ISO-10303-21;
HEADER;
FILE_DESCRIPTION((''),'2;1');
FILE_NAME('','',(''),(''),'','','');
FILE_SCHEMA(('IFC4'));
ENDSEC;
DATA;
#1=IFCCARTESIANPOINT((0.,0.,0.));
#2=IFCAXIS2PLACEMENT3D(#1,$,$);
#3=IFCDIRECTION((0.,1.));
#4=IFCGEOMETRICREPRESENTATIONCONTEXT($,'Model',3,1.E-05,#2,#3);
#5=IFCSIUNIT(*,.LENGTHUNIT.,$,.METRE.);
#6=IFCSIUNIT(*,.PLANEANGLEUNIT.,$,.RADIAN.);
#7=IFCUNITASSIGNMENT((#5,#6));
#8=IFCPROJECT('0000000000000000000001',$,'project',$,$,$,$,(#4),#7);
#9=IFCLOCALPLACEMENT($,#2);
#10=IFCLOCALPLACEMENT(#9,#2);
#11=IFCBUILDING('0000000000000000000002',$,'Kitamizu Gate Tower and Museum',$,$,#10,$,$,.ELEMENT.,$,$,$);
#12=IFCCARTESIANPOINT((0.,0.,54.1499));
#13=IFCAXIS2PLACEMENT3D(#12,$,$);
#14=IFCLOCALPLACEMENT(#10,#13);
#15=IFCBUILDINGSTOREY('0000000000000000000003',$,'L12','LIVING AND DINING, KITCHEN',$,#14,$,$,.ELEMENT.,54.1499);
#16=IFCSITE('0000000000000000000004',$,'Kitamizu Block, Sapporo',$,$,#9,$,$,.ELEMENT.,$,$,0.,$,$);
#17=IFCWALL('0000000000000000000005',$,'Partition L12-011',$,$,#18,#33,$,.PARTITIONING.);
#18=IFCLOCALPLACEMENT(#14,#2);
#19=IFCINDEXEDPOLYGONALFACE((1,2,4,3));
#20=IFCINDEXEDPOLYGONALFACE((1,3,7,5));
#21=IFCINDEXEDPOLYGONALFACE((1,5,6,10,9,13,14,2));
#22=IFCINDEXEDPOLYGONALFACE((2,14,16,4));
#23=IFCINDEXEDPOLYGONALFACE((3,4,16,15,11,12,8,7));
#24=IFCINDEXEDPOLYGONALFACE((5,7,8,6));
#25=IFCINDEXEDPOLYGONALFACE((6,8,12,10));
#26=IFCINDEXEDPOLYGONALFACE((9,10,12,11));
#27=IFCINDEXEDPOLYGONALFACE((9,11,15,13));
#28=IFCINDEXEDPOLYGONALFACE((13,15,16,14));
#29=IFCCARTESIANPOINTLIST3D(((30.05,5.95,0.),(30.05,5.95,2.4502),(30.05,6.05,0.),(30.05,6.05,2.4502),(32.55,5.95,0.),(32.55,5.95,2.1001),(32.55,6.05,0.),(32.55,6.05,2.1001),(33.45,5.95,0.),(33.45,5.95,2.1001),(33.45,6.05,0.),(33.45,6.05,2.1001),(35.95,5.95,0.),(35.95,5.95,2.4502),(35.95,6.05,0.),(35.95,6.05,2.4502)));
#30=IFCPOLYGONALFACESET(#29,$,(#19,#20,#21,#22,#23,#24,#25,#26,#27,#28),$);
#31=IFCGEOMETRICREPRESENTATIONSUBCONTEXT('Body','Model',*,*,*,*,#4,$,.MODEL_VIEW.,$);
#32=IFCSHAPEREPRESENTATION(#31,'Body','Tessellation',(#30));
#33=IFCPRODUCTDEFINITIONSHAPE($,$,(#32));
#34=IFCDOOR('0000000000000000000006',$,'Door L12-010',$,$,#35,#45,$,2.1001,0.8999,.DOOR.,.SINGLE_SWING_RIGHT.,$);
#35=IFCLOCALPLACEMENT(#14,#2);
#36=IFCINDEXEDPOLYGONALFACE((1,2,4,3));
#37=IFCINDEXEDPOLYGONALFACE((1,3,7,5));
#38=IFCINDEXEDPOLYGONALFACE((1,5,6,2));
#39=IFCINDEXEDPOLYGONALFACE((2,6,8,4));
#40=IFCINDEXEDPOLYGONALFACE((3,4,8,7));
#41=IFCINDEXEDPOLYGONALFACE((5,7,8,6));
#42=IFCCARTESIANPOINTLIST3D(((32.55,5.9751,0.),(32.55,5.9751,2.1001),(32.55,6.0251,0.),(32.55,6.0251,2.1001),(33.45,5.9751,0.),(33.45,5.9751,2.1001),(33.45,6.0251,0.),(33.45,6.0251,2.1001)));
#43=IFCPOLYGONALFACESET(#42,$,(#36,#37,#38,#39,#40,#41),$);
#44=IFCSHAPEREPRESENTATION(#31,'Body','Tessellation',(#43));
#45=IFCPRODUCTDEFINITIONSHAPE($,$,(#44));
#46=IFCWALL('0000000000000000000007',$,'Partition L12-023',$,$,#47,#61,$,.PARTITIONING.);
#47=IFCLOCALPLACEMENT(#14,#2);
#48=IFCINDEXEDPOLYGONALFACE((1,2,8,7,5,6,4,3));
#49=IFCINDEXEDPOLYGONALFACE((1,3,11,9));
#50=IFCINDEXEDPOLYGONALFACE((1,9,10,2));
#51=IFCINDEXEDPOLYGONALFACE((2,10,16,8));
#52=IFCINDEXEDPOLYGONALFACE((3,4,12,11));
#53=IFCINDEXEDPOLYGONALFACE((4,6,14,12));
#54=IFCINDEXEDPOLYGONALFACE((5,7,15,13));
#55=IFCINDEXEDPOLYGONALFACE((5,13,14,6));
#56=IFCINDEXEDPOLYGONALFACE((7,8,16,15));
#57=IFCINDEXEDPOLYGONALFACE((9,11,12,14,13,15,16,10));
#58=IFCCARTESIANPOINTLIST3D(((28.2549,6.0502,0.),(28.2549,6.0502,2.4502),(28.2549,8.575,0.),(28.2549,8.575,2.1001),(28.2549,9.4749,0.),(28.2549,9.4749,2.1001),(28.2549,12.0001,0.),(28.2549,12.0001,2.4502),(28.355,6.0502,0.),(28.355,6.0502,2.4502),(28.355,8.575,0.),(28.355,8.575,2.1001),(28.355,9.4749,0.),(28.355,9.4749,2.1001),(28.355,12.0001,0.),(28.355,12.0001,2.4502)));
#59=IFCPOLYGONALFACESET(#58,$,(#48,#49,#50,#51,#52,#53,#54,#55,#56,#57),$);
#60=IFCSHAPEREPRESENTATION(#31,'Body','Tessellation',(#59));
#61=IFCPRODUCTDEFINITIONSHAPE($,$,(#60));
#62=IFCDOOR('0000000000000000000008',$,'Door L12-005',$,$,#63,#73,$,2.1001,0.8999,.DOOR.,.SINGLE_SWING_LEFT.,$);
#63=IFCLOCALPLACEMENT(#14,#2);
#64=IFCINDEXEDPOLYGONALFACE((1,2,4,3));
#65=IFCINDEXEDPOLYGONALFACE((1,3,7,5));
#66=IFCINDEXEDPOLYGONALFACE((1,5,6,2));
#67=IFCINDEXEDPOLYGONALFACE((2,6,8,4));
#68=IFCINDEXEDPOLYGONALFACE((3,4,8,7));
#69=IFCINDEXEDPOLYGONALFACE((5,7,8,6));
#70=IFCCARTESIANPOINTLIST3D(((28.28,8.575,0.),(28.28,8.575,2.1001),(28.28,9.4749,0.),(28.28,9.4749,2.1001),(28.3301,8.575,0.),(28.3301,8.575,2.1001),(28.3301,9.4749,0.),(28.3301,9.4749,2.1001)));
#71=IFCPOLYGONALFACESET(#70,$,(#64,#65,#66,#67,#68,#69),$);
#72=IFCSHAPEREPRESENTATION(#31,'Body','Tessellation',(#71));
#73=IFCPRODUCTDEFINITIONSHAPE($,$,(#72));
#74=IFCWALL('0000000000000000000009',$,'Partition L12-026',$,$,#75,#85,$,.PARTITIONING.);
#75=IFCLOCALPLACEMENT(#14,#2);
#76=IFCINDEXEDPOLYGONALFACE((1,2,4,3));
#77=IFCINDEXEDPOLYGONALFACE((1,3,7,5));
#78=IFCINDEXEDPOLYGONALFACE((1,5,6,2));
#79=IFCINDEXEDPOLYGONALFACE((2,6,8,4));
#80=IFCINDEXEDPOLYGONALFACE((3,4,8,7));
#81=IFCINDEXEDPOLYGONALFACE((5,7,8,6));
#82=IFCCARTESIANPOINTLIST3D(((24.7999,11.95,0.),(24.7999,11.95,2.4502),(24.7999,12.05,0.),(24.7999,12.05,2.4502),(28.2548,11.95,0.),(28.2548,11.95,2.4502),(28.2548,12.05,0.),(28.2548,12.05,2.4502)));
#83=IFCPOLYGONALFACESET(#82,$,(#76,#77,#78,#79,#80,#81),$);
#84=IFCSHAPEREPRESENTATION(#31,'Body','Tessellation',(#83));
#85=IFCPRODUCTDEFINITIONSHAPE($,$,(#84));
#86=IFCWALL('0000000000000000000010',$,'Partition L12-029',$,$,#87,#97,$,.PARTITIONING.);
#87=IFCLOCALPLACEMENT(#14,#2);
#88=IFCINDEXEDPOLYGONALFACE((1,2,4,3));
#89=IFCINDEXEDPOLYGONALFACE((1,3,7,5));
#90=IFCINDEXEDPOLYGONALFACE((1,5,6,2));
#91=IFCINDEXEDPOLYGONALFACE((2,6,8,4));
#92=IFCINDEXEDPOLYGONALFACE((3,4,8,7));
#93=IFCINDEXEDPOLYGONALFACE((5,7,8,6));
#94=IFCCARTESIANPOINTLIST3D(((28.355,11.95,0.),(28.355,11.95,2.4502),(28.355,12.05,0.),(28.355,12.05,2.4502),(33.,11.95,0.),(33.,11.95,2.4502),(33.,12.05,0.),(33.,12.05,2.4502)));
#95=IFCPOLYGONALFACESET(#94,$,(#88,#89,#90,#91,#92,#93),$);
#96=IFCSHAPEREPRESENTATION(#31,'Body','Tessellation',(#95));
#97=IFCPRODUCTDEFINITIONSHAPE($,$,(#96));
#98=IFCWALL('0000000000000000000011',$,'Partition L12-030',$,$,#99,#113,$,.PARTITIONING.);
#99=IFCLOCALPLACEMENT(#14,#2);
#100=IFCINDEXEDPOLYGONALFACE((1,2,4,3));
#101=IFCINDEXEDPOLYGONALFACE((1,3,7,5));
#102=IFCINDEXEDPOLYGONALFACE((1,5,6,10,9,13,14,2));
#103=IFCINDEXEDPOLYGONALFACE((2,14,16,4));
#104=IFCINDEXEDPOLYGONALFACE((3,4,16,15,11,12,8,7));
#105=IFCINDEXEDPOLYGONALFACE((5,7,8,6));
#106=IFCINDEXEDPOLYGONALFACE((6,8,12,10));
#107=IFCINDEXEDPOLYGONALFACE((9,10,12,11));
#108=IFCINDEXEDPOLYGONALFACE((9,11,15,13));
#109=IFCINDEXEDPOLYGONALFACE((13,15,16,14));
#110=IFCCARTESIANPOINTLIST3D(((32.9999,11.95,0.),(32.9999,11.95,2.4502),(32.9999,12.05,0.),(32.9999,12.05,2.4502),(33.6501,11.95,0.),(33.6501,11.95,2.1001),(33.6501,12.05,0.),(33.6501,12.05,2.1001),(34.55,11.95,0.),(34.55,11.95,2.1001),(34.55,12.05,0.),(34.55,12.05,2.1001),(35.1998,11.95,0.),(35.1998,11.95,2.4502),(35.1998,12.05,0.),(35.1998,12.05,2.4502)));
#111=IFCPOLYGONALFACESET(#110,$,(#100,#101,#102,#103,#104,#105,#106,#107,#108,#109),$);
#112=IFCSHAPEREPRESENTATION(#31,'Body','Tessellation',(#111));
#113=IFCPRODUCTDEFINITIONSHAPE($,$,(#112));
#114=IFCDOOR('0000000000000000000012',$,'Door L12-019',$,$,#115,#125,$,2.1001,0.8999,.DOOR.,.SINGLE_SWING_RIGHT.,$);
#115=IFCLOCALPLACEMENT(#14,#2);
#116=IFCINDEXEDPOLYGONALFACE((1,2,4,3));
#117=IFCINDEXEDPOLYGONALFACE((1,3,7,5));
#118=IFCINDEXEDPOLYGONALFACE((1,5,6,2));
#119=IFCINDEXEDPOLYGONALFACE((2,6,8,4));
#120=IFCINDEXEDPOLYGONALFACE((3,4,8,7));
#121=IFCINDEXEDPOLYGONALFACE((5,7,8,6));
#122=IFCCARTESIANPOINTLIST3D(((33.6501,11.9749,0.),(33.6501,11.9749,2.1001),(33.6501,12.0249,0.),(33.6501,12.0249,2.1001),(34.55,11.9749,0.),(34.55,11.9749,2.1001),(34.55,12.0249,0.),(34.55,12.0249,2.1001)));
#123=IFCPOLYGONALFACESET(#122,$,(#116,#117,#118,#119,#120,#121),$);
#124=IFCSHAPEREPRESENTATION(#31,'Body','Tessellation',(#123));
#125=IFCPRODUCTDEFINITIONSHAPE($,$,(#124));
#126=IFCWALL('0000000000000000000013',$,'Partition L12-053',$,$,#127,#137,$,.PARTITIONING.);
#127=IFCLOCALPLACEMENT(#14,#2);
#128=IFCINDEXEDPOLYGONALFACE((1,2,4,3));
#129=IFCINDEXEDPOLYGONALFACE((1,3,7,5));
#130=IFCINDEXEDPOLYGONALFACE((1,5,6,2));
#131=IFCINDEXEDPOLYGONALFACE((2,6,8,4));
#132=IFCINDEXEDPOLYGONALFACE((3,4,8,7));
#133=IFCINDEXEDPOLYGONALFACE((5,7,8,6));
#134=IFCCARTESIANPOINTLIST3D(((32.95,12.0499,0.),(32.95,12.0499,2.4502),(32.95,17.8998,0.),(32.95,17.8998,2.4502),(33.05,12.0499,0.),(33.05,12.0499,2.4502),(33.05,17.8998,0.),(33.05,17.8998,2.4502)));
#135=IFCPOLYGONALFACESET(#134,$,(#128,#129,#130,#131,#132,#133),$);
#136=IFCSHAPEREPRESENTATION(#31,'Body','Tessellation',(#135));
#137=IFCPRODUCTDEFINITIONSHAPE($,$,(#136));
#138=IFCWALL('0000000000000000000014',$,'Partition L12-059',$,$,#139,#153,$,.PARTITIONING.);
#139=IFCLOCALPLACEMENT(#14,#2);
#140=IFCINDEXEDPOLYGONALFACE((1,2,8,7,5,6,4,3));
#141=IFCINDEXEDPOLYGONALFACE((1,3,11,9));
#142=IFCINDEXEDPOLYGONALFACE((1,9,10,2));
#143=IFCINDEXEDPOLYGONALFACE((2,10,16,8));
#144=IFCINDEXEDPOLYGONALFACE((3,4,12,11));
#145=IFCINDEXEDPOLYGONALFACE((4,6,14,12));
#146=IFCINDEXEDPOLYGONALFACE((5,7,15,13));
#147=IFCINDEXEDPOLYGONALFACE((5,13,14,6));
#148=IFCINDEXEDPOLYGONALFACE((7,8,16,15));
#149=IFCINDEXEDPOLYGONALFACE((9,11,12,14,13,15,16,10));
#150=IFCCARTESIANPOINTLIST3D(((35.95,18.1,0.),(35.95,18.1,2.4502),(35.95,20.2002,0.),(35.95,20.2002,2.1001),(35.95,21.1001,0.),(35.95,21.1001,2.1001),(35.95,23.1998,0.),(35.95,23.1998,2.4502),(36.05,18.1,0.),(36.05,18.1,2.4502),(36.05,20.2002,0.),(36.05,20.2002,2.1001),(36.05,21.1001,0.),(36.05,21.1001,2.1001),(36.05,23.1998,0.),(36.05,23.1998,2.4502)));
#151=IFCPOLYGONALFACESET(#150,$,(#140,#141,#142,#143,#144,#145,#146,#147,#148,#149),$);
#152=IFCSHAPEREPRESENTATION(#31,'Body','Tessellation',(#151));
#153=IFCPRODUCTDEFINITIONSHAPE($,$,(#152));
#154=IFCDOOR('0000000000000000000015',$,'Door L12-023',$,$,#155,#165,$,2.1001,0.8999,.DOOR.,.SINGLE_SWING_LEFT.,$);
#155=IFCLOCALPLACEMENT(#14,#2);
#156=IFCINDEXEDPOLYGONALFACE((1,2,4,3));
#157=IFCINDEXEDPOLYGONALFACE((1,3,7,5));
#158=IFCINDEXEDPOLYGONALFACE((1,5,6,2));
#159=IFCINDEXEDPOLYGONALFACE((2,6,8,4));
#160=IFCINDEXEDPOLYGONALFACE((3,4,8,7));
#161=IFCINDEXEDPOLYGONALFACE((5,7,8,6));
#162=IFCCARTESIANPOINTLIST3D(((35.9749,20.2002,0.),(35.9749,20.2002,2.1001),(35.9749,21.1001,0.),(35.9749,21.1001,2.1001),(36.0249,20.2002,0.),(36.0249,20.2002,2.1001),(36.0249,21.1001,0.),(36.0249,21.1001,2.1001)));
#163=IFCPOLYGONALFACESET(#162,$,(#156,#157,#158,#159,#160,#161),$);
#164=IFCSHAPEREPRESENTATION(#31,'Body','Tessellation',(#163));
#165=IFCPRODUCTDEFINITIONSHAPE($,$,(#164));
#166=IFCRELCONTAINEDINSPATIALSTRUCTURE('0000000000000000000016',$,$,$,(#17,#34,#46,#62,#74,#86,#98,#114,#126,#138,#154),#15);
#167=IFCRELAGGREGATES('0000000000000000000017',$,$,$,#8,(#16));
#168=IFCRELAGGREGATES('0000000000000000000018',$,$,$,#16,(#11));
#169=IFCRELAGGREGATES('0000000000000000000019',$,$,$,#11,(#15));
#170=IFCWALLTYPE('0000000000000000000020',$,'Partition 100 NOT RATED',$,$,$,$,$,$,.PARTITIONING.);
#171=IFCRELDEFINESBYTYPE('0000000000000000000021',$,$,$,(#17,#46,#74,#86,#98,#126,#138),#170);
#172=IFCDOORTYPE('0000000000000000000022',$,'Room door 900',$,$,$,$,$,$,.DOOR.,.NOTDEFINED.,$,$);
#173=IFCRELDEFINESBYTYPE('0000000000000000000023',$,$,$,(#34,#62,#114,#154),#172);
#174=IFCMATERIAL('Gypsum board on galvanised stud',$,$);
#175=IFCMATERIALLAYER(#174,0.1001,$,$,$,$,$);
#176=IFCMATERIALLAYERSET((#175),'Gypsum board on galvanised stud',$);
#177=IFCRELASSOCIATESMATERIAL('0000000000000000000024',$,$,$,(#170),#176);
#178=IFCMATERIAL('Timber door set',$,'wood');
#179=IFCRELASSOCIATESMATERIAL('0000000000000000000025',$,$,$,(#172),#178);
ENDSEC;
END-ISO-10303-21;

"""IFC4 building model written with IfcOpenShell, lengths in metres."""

from ifc_helpers import new_model, si_unit, direction, frame, frame_2d, origin, place, context, subcontext, project, spatial, rectangle, extrude, material, layer, layer_set, type_object, element, fill, save


model = new_model("IFC4")

# Units and contexts
model_context = context("Model", 3, precision=1e-05, world=origin(), true_north=direction((0.0, 1.0)))
body_context = subcontext(model_context, "Body", "Model", "MODEL_VIEW")
ifc_project = project(units=[si_unit("LENGTHUNIT", "METRE"), si_unit("PLANEANGLEUNIT", "RADIAN")], contexts=[model_context])

# Site, building, storey
site_placement = place(None, origin())
site = spatial("IfcSite", under=ifc_project, at=site_placement, Name="Kitamizu Block, Sapporo", CompositionType="ELEMENT", RefElevation=0.0)
building_placement = place(site_placement, origin())
building = spatial("IfcBuilding", under=site, at=building_placement, Name="Kitamizu Gate Tower and Museum", CompositionType="ELEMENT")
storey_placement = place(building_placement, frame((0.0, 0.0, 54.1499)))
storey = spatial("IfcBuildingStorey", under=building, at=storey_placement, Name="L12", Description="LIVING AND DINING, KITCHEN", CompositionType="ELEMENT", Elevation=54.1499)

# Shared definitions
ifc_material_1 = material(Name="Gypsum board on galvanised stud")
ifc_layer_1 = layer(ifc_material_1, 0.1001)
ifc_layer_set_1 = layer_set([ifc_layer_1], Name="Gypsum board on galvanised stud")
wall_type_1 = type_object("IfcWallType", Name="Partition 100 NOT RATED", PredefinedType="PARTITIONING", material=ifc_layer_set_1)

# Walls, openings, doors
wall_1_placement = place(storey_placement, frame((35.95, 6.0, 0.0), z_axis=(0.0, 0.0, 1.0), x_axis=(-1.0, 0.0, 0.0)))
wall_1 = element("IfcWall", 1, at=wall_1_placement, inside=storey, type_object=wall_type_1, Name="Partition L12-011", PredefinedType="PARTITIONING", context=body_context, shape_type="SweptSolid", body=[
    extrude(rectangle(XDim=5.8999, YDim=0.1001, at=frame_2d((2.95, 0.0))), origin(), (0.0, 0.0, 1.0), 2.4502),
])
opening_1_placement = place(wall_1_placement, frame((2.5, 0.0, 0.0)))
opening_1 = element("IfcOpeningElement", 2, at=opening_1_placement, cuts=wall_1, PredefinedType="OPENING", context=body_context, shape_type="SweptSolid", body=[
    extrude(rectangle(XDim=0.8999, YDim=2.1001, at=frame_2d((0.45, 1.05))), frame((0.0, 0.0601, 0.0), z_axis=(0.0, -1.0, 0.0), x_axis=(1.0, 0.0, 0.0)), (0.0, 0.0, 1.0), 0.1201),
])
ifc_material_2 = material(Name="Timber door set", Category="wood")
door_type_1 = type_object("IfcDoorType", Name="Room door 900", OperationType="NOTDEFINED", PredefinedType="DOOR", material=ifc_material_2)
door_1_placement = place(opening_1_placement, origin())
door_1 = element("IfcDoor", 3, at=door_1_placement, inside=storey, type_object=door_type_1, Name="Door L12-010", OperationType="SINGLE_SWING_RIGHT", OverallHeight=2.1001, OverallWidth=0.8999, PredefinedType="DOOR", context=body_context, shape_type="SweptSolid", body=[
    extrude(rectangle(XDim=0.8999, YDim=2.1001, at=frame_2d((0.45, 1.05))), frame((0.0, 0.0249, 0.0), z_axis=(0.0, -1.0, 0.0), x_axis=(1.0, 0.0, 0.0)), (0.0, 0.0, 1.0), 0.05),
])
fill(opening_1, door_1)
wall_2_placement = place(storey_placement, frame((28.3049, 6.05, 0.0), z_axis=(0.0, 0.0, 1.0), x_axis=(0.0, 1.0, 0.0)))
wall_2 = element("IfcWall", 4, at=wall_2_placement, inside=storey, type_object=wall_type_1, Name="Partition L12-023", PredefinedType="PARTITIONING", context=body_context, shape_type="SweptSolid", body=[
    extrude(rectangle(XDim=5.95, YDim=0.1001, at=frame_2d((2.9751, 0.0))), origin(), (0.0, 0.0, 1.0), 2.4502),
])
opening_2_placement = place(wall_2_placement, frame((2.5249, 0.0, 0.0)))
opening_2 = element("IfcOpeningElement", 5, at=opening_2_placement, cuts=wall_2, PredefinedType="OPENING", context=body_context, shape_type="SweptSolid", body=[
    extrude(rectangle(XDim=0.8999, YDim=2.1001, at=frame_2d((0.45, 1.05))), frame((0.0, 0.0601, 0.0), z_axis=(0.0, -1.0, 0.0), x_axis=(1.0, 0.0, 0.0)), (0.0, 0.0, 1.0), 0.1201),
])
door_2_placement = place(opening_2_placement, origin())
door_2 = element("IfcDoor", 6, at=door_2_placement, inside=storey, type_object=door_type_1, Name="Door L12-005", OperationType="SINGLE_SWING_LEFT", OverallHeight=2.1001, OverallWidth=0.8999, PredefinedType="DOOR", context=body_context, shape_type="SweptSolid", body=[
    extrude(rectangle(XDim=0.8999, YDim=2.1001, at=frame_2d((0.45, 1.05))), frame((0.0, 0.0249, 0.0), z_axis=(0.0, -1.0, 0.0), x_axis=(1.0, 0.0, 0.0)), (0.0, 0.0, 1.0), 0.05),
])
fill(opening_2, door_2)

# Walls
wall_3_placement = place(storey_placement, frame((28.2549, 12.0, 0.0), z_axis=(0.0, 0.0, 1.0), x_axis=(-1.0, 0.0, 0.0)))
element("IfcWall", 7, at=wall_3_placement, inside=storey, type_object=wall_type_1, Name="Partition L12-026", PredefinedType="PARTITIONING", context=body_context, shape_type="SweptSolid", body=[
    extrude(rectangle(XDim=3.4548, YDim=0.1001, at=frame_2d((1.7275, 0.0))), origin(), (0.0, 0.0, 1.0), 2.4502),
])
wall_4_placement = place(storey_placement, frame((33.0, 12.0, 0.0), z_axis=(0.0, 0.0, 1.0), x_axis=(-1.0, 0.0, 0.0)))
element("IfcWall", 8, at=wall_4_placement, inside=storey, type_object=wall_type_1, Name="Partition L12-029", PredefinedType="PARTITIONING", context=body_context, shape_type="SweptSolid", body=[
    extrude(rectangle(XDim=4.645, YDim=0.1001, at=frame_2d((2.3225, 0.0))), origin(), (0.0, 0.0, 1.0), 2.4502),
])

# Wall, opening, door
wall_5_placement = place(storey_placement, frame((35.2, 12.0, 0.0), z_axis=(0.0, 0.0, 1.0), x_axis=(-1.0, 0.0, 0.0)))
wall_5 = element("IfcWall", 9, at=wall_5_placement, inside=storey, type_object=wall_type_1, Name="Partition L12-030", PredefinedType="PARTITIONING", context=body_context, shape_type="SweptSolid", body=[
    extrude(rectangle(XDim=2.2, YDim=0.1001, at=frame_2d((1.1001, 0.0))), origin(), (0.0, 0.0, 1.0), 2.4502),
])
opening_3_placement = place(wall_5_placement, frame((0.6499, 0.0, 0.0)))
opening_3 = element("IfcOpeningElement", 10, at=opening_3_placement, cuts=wall_5, PredefinedType="OPENING", context=body_context, shape_type="SweptSolid", body=[
    extrude(rectangle(XDim=0.8999, YDim=2.1001, at=frame_2d((0.45, 1.05))), frame((0.0, 0.0601, 0.0), z_axis=(0.0, -1.0, 0.0), x_axis=(1.0, 0.0, 0.0)), (0.0, 0.0, 1.0), 0.1201),
])
door_3_placement = place(opening_3_placement, frame((0.8999, 0.0, 0.0), x_axis=(-1.0, 0.0, 0.0)))
door_3 = element("IfcDoor", 11, at=door_3_placement, inside=storey, type_object=door_type_1, Name="Door L12-019", OperationType="SINGLE_SWING_RIGHT", OverallHeight=2.1001, OverallWidth=0.8999, PredefinedType="DOOR", context=body_context, shape_type="SweptSolid", body=[
    extrude(rectangle(XDim=0.8999, YDim=2.1001, at=frame_2d((0.45, 1.05))), frame((0.0, 0.0249, 0.0), z_axis=(0.0, -1.0, 0.0), x_axis=(1.0, 0.0, 0.0)), (0.0, 0.0, 1.0), 0.05),
])
fill(opening_3, door_3)

# Wall
wall_6_placement = place(storey_placement, frame((33.0, 12.05, 0.0), z_axis=(0.0, 0.0, 1.0), x_axis=(0.0, 1.0, 0.0)))
element("IfcWall", 12, at=wall_6_placement, inside=storey, type_object=wall_type_1, Name="Partition L12-053", PredefinedType="PARTITIONING", context=body_context, shape_type="SweptSolid", body=[
    extrude(rectangle(XDim=5.8499, YDim=0.1001, at=frame_2d((2.9248, 0.0))), origin(), (0.0, 0.0, 1.0), 2.4502),
])

# Wall, opening, door
wall_7_placement = place(storey_placement, frame((36.0, 18.1001, 0.0), z_axis=(0.0, 0.0, 1.0), x_axis=(0.0, 1.0, 0.0)))
wall_7 = element("IfcWall", 13, at=wall_7_placement, inside=storey, type_object=wall_type_1, Name="Partition L12-059", PredefinedType="PARTITIONING", context=body_context, shape_type="SweptSolid", body=[
    extrude(rectangle(XDim=5.0999, YDim=0.1001, at=frame_2d((2.5498, 0.0))), origin(), (0.0, 0.0, 1.0), 2.4502),
])
opening_4_placement = place(wall_7_placement, frame((2.1001, 0.0, 0.0)))
opening_4 = element("IfcOpeningElement", 14, at=opening_4_placement, cuts=wall_7, PredefinedType="OPENING", context=body_context, shape_type="SweptSolid", body=[
    extrude(rectangle(XDim=0.8999, YDim=2.1001, at=frame_2d((0.45, 1.05))), frame((0.0, 0.0601, 0.0), z_axis=(0.0, -1.0, 0.0), x_axis=(1.0, 0.0, 0.0)), (0.0, 0.0, 1.0), 0.1201),
])
door_4_placement = place(opening_4_placement, frame((0.8999, 0.0, 0.0), x_axis=(-1.0, 0.0, 0.0)))
door_4 = element("IfcDoor", 15, at=door_4_placement, inside=storey, type_object=door_type_1, Name="Door L12-023", OperationType="SINGLE_SWING_LEFT", OverallHeight=2.1001, OverallWidth=0.8999, PredefinedType="DOOR", context=body_context, shape_type="SweptSolid", body=[
    extrude(rectangle(XDim=0.8999, YDim=2.1001, at=frame_2d((0.45, 1.05))), frame((0.0, 0.0249, 0.0), z_axis=(0.0, -1.0, 0.0), x_axis=(1.0, 0.0, 0.0)), (0.0, 0.0, 1.0), 0.05),
])
fill(opening_4, door_4)

save(model, "model.ifc")
